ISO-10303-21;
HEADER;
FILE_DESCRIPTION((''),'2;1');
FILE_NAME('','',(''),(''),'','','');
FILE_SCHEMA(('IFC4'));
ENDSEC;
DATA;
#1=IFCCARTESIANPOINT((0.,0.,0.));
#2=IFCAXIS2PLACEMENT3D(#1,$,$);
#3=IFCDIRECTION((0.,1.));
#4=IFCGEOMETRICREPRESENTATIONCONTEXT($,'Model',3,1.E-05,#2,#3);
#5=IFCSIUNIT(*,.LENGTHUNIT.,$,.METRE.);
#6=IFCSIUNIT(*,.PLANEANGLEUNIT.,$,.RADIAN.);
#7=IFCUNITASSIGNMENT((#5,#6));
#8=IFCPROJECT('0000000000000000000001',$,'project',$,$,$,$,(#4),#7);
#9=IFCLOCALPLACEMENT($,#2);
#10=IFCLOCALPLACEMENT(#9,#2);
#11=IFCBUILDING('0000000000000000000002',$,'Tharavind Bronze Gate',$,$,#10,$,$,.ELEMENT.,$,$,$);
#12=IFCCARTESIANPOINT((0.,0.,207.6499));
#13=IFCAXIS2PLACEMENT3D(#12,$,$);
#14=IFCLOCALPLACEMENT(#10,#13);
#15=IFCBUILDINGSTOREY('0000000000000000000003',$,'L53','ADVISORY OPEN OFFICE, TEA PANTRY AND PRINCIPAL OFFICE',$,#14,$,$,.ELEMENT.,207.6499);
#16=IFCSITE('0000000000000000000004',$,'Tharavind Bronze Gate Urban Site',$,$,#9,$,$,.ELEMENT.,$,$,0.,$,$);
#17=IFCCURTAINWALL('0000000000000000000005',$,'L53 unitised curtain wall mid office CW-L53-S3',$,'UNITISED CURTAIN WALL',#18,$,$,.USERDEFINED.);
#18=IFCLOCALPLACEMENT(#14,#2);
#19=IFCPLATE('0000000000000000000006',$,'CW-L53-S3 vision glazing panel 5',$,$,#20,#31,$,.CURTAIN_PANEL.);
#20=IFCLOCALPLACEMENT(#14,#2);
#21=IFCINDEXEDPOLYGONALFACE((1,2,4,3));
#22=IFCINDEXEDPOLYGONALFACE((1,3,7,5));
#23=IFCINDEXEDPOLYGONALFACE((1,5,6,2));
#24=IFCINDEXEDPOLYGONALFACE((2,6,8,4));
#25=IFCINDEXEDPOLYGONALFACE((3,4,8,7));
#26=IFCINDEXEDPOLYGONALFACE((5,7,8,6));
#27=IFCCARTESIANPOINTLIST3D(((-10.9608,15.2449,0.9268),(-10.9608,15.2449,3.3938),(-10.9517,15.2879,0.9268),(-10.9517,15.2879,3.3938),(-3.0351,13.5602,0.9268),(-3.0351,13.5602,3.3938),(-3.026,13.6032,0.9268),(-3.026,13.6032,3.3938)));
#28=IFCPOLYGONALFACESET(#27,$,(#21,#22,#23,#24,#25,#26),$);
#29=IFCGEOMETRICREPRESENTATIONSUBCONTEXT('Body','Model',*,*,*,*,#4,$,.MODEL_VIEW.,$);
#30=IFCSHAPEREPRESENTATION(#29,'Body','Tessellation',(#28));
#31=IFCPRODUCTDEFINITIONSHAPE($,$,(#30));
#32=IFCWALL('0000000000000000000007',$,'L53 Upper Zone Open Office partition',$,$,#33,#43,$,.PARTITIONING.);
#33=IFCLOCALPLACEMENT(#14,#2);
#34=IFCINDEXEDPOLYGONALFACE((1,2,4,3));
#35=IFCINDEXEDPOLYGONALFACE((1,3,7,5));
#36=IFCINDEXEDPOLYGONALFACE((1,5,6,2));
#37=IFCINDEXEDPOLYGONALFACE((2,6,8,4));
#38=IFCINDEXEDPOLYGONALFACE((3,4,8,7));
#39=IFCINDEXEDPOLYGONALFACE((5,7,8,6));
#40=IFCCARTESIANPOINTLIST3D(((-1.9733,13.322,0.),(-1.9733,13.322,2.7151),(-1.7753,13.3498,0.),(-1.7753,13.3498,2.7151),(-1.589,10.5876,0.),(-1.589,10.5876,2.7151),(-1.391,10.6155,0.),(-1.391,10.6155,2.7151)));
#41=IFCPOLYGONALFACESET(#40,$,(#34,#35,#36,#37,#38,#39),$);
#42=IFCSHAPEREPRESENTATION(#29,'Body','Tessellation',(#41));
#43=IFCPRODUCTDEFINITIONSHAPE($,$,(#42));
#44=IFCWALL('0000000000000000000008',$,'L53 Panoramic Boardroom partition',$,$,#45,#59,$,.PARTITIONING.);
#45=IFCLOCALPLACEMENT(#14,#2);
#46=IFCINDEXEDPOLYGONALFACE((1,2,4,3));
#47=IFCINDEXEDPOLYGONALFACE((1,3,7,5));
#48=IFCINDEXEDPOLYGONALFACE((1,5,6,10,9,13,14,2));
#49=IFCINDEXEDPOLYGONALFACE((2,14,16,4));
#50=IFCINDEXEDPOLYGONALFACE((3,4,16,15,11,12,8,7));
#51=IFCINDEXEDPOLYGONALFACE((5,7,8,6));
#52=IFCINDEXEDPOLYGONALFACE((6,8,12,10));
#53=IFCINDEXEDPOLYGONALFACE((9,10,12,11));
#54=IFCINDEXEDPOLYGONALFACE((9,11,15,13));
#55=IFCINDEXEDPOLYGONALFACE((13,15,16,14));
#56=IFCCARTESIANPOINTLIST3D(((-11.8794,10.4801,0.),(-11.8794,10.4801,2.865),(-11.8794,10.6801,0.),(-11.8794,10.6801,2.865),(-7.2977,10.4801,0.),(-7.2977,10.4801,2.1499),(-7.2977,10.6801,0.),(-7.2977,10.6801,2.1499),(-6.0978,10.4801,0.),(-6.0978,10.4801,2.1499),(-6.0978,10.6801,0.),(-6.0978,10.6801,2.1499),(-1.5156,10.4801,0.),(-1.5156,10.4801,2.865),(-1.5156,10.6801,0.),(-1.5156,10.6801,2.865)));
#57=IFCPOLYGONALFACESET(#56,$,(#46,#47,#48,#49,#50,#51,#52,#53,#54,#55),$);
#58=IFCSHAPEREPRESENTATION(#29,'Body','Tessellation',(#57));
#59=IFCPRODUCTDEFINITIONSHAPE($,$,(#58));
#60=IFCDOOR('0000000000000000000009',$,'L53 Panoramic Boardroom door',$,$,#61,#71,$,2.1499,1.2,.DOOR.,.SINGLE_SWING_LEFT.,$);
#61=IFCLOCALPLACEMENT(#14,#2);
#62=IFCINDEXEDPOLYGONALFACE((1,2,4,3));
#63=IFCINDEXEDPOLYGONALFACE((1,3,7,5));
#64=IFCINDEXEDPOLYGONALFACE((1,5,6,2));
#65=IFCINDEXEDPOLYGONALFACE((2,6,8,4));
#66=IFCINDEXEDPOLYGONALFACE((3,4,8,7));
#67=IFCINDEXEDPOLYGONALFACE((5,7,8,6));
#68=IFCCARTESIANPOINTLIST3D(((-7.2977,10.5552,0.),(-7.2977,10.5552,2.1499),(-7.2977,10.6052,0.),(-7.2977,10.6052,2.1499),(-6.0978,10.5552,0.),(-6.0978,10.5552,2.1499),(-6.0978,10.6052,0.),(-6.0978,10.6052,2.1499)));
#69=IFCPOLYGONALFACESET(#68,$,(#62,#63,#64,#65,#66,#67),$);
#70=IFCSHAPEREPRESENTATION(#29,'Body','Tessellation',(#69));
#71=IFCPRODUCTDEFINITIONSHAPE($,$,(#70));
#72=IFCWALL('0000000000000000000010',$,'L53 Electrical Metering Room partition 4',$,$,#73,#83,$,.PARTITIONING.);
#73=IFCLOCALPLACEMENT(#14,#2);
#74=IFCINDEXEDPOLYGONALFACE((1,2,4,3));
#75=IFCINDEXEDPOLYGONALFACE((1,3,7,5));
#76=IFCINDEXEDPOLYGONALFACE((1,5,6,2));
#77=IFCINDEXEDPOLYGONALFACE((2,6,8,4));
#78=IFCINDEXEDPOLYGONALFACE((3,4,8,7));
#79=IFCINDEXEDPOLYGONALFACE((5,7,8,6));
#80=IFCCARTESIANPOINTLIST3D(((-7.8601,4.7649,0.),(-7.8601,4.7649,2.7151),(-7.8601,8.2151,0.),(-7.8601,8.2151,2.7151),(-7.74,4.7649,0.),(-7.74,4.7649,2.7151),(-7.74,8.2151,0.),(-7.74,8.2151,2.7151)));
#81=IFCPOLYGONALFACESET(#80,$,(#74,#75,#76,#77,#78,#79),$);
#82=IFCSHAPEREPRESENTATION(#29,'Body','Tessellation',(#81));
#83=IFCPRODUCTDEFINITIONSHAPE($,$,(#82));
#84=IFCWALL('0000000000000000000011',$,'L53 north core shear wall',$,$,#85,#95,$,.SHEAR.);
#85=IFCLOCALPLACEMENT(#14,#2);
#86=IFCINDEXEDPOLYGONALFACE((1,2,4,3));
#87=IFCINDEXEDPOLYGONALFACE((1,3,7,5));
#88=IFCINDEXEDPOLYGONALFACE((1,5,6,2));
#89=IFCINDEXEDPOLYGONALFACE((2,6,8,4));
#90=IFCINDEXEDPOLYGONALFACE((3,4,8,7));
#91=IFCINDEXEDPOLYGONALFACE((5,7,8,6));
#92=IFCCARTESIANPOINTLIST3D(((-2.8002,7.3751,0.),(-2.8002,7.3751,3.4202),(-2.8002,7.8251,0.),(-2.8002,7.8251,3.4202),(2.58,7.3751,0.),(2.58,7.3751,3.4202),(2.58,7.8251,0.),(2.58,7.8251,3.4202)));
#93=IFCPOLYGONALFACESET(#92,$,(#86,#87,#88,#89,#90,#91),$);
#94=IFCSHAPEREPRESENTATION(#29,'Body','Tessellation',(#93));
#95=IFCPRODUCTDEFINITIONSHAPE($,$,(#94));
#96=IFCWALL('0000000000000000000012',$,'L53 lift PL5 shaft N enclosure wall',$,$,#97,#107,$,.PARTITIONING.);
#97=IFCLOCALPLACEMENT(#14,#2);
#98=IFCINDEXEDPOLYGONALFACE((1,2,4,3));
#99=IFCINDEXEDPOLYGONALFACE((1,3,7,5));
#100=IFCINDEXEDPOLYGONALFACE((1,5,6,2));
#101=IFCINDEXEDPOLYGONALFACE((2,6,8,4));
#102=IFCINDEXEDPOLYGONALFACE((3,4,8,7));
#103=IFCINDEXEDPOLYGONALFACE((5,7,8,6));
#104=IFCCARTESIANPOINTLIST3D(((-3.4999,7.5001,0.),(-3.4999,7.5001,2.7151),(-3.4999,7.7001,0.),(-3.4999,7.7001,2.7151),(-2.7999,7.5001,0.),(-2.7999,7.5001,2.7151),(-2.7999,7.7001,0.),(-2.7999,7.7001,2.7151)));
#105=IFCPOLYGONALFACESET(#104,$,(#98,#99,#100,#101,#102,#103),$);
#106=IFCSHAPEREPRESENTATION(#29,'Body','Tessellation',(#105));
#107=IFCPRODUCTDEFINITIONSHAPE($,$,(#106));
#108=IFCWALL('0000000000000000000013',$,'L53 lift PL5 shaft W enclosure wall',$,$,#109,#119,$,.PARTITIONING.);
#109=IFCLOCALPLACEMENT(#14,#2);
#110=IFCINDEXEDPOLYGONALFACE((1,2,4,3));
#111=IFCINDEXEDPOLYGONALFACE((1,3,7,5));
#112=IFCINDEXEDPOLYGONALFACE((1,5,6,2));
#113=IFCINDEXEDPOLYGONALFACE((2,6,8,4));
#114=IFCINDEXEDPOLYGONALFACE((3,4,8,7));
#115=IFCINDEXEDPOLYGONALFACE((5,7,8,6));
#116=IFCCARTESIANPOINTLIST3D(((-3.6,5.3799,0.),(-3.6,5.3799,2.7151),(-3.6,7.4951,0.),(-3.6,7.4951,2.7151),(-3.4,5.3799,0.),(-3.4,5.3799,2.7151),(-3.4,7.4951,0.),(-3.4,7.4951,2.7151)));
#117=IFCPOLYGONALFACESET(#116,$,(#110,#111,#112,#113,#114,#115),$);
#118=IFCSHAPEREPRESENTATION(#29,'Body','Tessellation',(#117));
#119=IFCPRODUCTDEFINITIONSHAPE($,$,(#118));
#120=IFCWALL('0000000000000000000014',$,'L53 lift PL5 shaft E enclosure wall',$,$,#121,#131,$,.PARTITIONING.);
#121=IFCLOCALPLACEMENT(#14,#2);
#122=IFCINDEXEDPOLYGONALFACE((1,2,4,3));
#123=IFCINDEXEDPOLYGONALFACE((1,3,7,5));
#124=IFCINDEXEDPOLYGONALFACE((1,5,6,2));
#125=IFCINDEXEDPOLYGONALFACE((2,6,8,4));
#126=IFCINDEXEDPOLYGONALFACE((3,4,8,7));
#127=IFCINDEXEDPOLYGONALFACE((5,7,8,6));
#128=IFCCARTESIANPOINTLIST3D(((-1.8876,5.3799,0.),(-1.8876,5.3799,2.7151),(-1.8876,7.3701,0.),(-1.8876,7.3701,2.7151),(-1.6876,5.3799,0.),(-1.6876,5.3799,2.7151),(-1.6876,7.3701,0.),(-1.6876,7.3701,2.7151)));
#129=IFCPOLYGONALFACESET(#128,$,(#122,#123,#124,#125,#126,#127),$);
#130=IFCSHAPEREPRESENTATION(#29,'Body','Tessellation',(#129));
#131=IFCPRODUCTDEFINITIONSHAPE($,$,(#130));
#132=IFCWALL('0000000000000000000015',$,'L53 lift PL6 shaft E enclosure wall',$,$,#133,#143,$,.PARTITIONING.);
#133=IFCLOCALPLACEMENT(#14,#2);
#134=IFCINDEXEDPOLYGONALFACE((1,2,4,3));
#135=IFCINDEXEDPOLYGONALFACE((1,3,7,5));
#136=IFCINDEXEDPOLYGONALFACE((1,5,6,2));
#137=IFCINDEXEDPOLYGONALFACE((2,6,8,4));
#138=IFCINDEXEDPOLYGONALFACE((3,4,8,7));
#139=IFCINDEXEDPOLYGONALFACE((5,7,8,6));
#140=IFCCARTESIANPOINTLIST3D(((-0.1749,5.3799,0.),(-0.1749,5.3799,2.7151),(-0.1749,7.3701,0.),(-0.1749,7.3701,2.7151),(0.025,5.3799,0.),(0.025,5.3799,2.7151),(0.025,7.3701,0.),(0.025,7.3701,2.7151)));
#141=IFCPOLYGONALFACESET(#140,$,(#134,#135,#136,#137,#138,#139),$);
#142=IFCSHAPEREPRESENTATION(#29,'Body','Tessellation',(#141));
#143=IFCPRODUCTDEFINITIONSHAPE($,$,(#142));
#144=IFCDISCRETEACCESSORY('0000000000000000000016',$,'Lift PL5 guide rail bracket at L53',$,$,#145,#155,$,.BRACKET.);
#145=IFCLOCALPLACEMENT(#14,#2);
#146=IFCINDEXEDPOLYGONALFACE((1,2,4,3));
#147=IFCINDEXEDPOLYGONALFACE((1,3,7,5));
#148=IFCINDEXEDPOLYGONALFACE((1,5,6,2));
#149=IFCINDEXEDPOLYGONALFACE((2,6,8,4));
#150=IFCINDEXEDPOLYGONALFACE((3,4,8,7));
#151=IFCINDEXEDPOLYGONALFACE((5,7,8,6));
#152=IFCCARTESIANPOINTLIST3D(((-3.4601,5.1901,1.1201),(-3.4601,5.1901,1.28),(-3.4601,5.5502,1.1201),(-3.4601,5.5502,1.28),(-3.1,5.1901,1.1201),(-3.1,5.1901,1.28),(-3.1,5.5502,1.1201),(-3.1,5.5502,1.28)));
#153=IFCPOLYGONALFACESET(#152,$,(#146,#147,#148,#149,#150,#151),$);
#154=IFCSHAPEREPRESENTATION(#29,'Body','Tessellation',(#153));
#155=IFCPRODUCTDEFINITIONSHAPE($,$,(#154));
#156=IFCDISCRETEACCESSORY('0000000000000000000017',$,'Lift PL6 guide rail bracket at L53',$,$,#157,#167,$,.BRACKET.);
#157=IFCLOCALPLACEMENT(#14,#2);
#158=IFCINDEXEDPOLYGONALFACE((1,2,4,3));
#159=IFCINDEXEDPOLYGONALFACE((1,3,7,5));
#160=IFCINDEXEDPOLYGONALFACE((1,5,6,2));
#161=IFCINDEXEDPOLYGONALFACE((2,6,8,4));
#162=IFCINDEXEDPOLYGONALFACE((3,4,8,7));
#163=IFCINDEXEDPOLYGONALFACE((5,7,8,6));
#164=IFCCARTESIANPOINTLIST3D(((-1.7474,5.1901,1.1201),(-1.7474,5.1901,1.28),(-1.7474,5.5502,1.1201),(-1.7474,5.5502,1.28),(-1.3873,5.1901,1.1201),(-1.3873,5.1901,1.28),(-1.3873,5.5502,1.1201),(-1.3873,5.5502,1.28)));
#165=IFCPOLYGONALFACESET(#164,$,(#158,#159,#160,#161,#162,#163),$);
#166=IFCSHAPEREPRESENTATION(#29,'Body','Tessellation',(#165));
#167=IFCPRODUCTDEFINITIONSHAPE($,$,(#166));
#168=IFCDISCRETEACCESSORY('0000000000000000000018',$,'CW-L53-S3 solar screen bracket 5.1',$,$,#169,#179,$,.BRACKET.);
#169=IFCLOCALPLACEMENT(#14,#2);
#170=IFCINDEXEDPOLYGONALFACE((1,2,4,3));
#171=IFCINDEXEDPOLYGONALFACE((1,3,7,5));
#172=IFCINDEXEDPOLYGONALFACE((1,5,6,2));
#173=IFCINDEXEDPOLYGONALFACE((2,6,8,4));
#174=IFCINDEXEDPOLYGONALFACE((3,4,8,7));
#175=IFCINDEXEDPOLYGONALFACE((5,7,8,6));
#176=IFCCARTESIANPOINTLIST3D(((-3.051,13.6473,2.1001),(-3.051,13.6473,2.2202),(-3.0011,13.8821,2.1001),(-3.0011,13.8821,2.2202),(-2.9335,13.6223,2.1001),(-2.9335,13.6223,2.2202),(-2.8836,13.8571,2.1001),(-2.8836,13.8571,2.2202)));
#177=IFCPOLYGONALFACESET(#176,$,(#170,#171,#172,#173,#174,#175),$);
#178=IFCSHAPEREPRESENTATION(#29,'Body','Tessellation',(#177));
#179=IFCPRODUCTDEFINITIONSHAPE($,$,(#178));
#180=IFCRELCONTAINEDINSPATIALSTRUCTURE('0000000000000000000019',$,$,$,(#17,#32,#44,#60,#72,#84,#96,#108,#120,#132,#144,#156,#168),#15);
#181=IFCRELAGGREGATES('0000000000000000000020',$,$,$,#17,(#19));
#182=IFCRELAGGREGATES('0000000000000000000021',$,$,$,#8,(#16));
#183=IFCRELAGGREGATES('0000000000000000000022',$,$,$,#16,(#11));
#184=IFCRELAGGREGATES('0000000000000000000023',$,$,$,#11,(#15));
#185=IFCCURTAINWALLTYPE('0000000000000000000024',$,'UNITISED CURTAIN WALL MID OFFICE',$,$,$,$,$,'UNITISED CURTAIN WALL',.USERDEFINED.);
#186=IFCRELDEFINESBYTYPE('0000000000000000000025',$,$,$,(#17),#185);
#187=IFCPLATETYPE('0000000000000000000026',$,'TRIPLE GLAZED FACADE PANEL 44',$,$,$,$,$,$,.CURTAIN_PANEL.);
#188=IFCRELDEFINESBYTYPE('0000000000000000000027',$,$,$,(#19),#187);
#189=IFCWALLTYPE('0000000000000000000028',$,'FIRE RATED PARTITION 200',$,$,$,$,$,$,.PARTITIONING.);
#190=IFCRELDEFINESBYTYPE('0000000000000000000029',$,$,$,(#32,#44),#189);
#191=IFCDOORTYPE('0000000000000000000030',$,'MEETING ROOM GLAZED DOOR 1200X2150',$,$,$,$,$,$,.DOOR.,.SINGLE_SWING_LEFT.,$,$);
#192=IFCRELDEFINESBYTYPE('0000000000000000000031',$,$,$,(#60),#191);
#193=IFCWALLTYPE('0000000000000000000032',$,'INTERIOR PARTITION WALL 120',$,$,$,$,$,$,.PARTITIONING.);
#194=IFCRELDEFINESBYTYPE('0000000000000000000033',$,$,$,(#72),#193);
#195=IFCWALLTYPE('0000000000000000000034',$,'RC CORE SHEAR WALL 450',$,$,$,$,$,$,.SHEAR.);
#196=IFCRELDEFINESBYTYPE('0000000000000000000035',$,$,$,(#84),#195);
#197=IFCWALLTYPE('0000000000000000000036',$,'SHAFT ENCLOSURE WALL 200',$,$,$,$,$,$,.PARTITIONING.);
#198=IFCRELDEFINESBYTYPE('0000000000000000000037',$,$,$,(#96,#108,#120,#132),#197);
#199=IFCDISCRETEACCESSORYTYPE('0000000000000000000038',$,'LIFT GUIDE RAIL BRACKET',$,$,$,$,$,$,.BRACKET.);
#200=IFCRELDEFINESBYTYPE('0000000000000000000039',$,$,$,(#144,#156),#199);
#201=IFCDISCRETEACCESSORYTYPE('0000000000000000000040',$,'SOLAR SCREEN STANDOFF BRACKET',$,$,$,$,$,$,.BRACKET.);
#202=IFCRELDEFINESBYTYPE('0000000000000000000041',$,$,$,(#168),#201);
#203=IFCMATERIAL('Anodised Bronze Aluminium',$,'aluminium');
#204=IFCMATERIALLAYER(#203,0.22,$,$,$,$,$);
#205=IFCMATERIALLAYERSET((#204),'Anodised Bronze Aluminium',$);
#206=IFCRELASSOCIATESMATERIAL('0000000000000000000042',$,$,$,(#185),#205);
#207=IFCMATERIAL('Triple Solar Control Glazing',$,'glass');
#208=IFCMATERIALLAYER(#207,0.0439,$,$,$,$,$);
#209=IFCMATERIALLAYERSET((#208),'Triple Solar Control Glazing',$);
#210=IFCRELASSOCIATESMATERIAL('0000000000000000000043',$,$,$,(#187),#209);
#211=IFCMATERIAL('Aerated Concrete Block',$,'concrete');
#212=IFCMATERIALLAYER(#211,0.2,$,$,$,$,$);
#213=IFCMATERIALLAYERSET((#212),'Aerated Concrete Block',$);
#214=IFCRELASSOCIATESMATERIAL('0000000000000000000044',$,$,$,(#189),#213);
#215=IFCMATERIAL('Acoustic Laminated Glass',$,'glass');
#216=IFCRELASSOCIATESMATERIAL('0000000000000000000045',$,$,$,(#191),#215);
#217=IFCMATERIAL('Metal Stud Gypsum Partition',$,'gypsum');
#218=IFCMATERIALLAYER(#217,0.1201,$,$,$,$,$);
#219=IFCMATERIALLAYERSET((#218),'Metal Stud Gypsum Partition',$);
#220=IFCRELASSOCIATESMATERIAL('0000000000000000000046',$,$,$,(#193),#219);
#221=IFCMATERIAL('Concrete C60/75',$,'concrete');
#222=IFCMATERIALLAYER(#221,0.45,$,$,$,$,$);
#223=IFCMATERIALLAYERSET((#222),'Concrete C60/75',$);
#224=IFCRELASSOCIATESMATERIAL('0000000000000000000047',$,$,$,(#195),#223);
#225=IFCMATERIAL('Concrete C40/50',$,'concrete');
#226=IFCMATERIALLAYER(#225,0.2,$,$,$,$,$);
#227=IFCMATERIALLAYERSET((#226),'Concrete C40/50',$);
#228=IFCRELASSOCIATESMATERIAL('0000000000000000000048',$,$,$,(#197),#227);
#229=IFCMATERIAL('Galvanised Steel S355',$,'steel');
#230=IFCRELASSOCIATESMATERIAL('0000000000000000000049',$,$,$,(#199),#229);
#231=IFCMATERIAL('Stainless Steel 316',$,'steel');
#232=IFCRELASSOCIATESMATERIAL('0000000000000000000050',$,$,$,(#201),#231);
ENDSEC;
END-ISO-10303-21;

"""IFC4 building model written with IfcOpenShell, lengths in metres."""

from ifc_helpers import new_model, si_unit, direction, frame, frame_2d, origin, origin_2d, place, context, subcontext, project, spatial, rectangle, extrude, material, layer, layer_set, type_object, element, fill, aggregate, save


model = new_model("IFC4")

# Units and contexts
model_context = context("Model", 3, precision=1e-05, world=origin(), true_north=direction((0.0, 1.0)))
body_context = subcontext(model_context, "Body", "Model", "MODEL_VIEW")
ifc_project = project(units=[si_unit("LENGTHUNIT", "METRE"), si_unit("PLANEANGLEUNIT", "RADIAN")], contexts=[model_context])

# Site, building, storey
site_placement = place(None, origin())
site = spatial("IfcSite", under=ifc_project, at=site_placement, Name="Tharavind Bronze Gate Urban Site", CompositionType="ELEMENT", RefElevation=0.0)
building_placement = place(site_placement, origin())
building = spatial("IfcBuilding", under=site, at=building_placement, Name="Tharavind Bronze Gate", CompositionType="ELEMENT")
storey_placement = place(building_placement, frame((0.0, 0.0, 207.6499)))
storey = spatial("IfcBuildingStorey", under=building, at=storey_placement, Name="L53", Description="ADVISORY OPEN OFFICE, TEA PANTRY AND PRINCIPAL OFFICE", CompositionType="ELEMENT", Elevation=207.6499)

# Curtain wall
ifc_material_1 = material(Name="Anodised Bronze Aluminium", Category="aluminium")
ifc_layer_1 = layer(ifc_material_1, 0.22)
ifc_layer_set_1 = layer_set([ifc_layer_1], Name="Anodised Bronze Aluminium")
curtain_wall_type = type_object("IfcCurtainWallType", Name="UNITISED CURTAIN WALL MID OFFICE", ElementType="UNITISED CURTAIN WALL", PredefinedType="USERDEFINED", material=ifc_layer_set_1)
curtain_wall_placement = place(storey_placement, origin())
curtain_wall = element("IfcCurtainWall", 1, at=curtain_wall_placement, inside=storey, type_object=curtain_wall_type, Name="L53 unitised curtain wall mid office CW-L53-S3", ObjectType="UNITISED CURTAIN WALL", PredefinedType="USERDEFINED")

# Plate
ifc_material_2 = material(Name="Triple Solar Control Glazing", Category="glass")
ifc_layer_2 = layer(ifc_material_2, 0.0439)
ifc_layer_set_2 = layer_set([ifc_layer_2], Name="Triple Solar Control Glazing")
plate_type_1 = type_object("IfcPlateType", Name="TRIPLE GLAZED FACADE PANEL 44", PredefinedType="CURTAIN_PANEL", material=ifc_layer_set_2)
plate_1_placement = place(storey_placement, frame((-6.9934, 14.4241, 0.9268), z_axis=(0.0, 0.0, 1.0), x_axis=(-0.978148, 0.207912, 0.0)))
plate_1 = element("IfcPlate", 2, at=plate_1_placement, type_object=plate_type_1, Name="CW-L53-S3 vision glazing panel 5", PredefinedType="CURTAIN_PANEL", context=body_context, shape_type="SweptSolid", body=[
    extrude(rectangle(XDim=8.1028, YDim=0.0439, at=origin_2d()), origin(), (0.0, 0.0, 1.0), 2.467),
])
aggregate(curtain_wall, [plate_1])

# Wall
ifc_material_3 = material(Name="Aerated Concrete Block", Category="concrete")
ifc_layer_3 = layer(ifc_material_3, 0.2)
ifc_layer_set_3 = layer_set([ifc_layer_3], Name="Aerated Concrete Block")
wall_type_1 = type_object("IfcWallType", Name="FIRE RATED PARTITION 200", PredefinedType="PARTITIONING", material=ifc_layer_set_3)
wall_1_placement = place(storey_placement, frame((-1.49, 10.6016, 0.0), z_axis=(0.0, 0.0, 1.0), x_axis=(-0.139168, 0.990269, 0.0)))
element("IfcWall", 3, at=wall_1_placement, inside=storey, type_object=wall_type_1, Name="L53 Upper Zone Open Office partition", PredefinedType="PARTITIONING", context=body_context, shape_type="SweptSolid", body=[
    extrude(rectangle(XDim=2.7612, YDim=0.2, at=frame_2d((1.3806, 0.0))), origin(), (0.0, 0.0, 1.0), 2.7151),
])

# Wall, opening, door
wall_2_placement = place(storey_placement, frame((-1.5156, 10.5801, 0.0), z_axis=(0.0, 0.0, 1.0), x_axis=(-1.0, 0.0, 0.0)))
wall_2 = element("IfcWall", 4, at=wall_2_placement, inside=storey, type_object=wall_type_1, Name="L53 Panoramic Boardroom partition", PredefinedType="PARTITIONING", context=body_context, shape_type="SweptSolid", body=[
    extrude(rectangle(XDim=10.3638, YDim=0.2, at=frame_2d((5.1819, 0.0))), origin(), (0.0, 0.0, 1.0), 2.865),
])
opening_placement = place(wall_2_placement, frame((4.582, 0.0, 0.0)))
opening = element("IfcOpeningElement", 5, at=opening_placement, cuts=wall_2, PredefinedType="OPENING", context=body_context, shape_type="SweptSolid", body=[
    extrude(rectangle(XDim=1.2, YDim=2.1499, at=frame_2d((0.6001, 1.075))), frame((0.0, 0.1101, 0.0), z_axis=(0.0, -1.0, 0.0), x_axis=(1.0, 0.0, 0.0)), (0.0, 0.0, 1.0), 0.22),
])
ifc_material_4 = material(Name="Acoustic Laminated Glass", Category="glass")
door_type = type_object("IfcDoorType", Name="MEETING ROOM GLAZED DOOR 1200X2150", OperationType="SINGLE_SWING_LEFT", PredefinedType="DOOR", material=ifc_material_4)
door_placement = place(opening_placement, origin())
door = element("IfcDoor", 6, at=door_placement, inside=storey, type_object=door_type, Name="L53 Panoramic Boardroom door", OperationType="SINGLE_SWING_LEFT", OverallHeight=2.1499, OverallWidth=1.2, PredefinedType="DOOR", context=body_context, shape_type="SweptSolid", body=[
    extrude(rectangle(XDim=1.2, YDim=2.1499, at=frame_2d((0.6001, 1.075))), frame((0.0, 0.0249, 0.0), z_axis=(0.0, -1.0, 0.0), x_axis=(1.0, 0.0, 0.0)), (0.0, 0.0, 1.0), 0.05),
])
fill(opening, door)

# Walls
ifc_material_5 = material(Name="Metal Stud Gypsum Partition", Category="gypsum")
ifc_layer_4 = layer(ifc_material_5, 0.1201)
ifc_layer_set_4 = layer_set([ifc_layer_4], Name="Metal Stud Gypsum Partition")
wall_type_2 = type_object("IfcWallType", Name="INTERIOR PARTITION WALL 120", PredefinedType="PARTITIONING", material=ifc_layer_set_4)
wall_3_placement = place(storey_placement, frame((-7.8, 8.2151, 0.0), z_axis=(0.0, 0.0, 1.0), x_axis=(0.0, -1.0, 0.0)))
element("IfcWall", 7, at=wall_3_placement, inside=storey, type_object=wall_type_2, Name="L53 Electrical Metering Room partition 4", PredefinedType="PARTITIONING", context=body_context, shape_type="SweptSolid", body=[
    extrude(rectangle(XDim=3.4502, YDim=0.1201, at=frame_2d((1.7251, 0.0))), origin(), (0.0, 0.0, 1.0), 2.7151),
])
ifc_material_6 = material(Name="Concrete C60/75", Category="concrete")
ifc_layer_5 = layer(ifc_material_6, 0.45)
ifc_layer_set_5 = layer_set([ifc_layer_5], Name="Concrete C60/75")
wall_type_3 = type_object("IfcWallType", Name="RC CORE SHEAR WALL 450", PredefinedType="SHEAR", material=ifc_layer_set_5)
wall_4_placement = place(storey_placement, frame((-2.8, 7.6001, 0.0), z_axis=(0.0, 0.0, 1.0), x_axis=(1.0, 0.0, 0.0)))
element("IfcWall", 8, at=wall_4_placement, inside=storey, type_object=wall_type_3, Name="L53 north core shear wall", PredefinedType="SHEAR", context=body_context, shape_type="SweptSolid", body=[
    extrude(rectangle(XDim=5.3801, YDim=0.45, at=frame_2d((2.6899, 0.0))), origin(), (0.0, 0.0, 1.0), 3.4202),
])
ifc_material_7 = material(Name="Concrete C40/50", Category="concrete")
ifc_layer_6 = layer(ifc_material_7, 0.2)
ifc_layer_set_6 = layer_set([ifc_layer_6], Name="Concrete C40/50")
wall_type_4 = type_object("IfcWallType", Name="SHAFT ENCLOSURE WALL 200", PredefinedType="PARTITIONING", material=ifc_layer_set_6)
wall_5_placement = place(storey_placement, frame((-3.5, 7.6001, 0.0), z_axis=(0.0, 0.0, 1.0), x_axis=(1.0, 0.0, 0.0)))
element("IfcWall", 9, at=wall_5_placement, inside=storey, type_object=wall_type_4, Name="L53 lift PL5 shaft N enclosure wall", PredefinedType="PARTITIONING", context=body_context, shape_type="SweptSolid", body=[
    extrude(rectangle(XDim=0.7, YDim=0.2, at=frame_2d((0.3501, 0.0))), origin(), (0.0, 0.0, 1.0), 2.7151),
])
wall_6_placement = place(storey_placement, frame((-3.5, 5.3799, 0.0), z_axis=(0.0, 0.0, 1.0), x_axis=(0.0, 1.0, 0.0)))
element("IfcWall", 10, at=wall_6_placement, inside=storey, type_object=wall_type_4, Name="L53 lift PL5 shaft W enclosure wall", PredefinedType="PARTITIONING", context=body_context, shape_type="SweptSolid", body=[
    extrude(rectangle(XDim=2.1152, YDim=0.2, at=frame_2d((1.0576, 0.0))), origin(), (0.0, 0.0, 1.0), 2.7151),
])
for number, where, z_axis, x_axis, name in (
    (11, (-1.7876, 5.3799, 0.0), (0.0, 0.0, 1.0), (0.0, 1.0, 0.0), "L53 lift PL5 shaft E enclosure wall"),
    (12, (-0.075, 5.3799, 0.0), (0.0, 0.0, 1.0), (0.0, 1.0, 0.0), "L53 lift PL6 shaft E enclosure wall"),
):
    element("IfcWall", number, at=place(storey_placement, frame(where, z_axis=z_axis, x_axis=x_axis)), inside=storey, type_object=wall_type_4, Name=name, PredefinedType="PARTITIONING", context=body_context, shape_type="SweptSolid", body=[
        extrude(rectangle(XDim=1.9902, YDim=0.2, at=frame_2d((0.9951, 0.0))), origin(), (0.0, 0.0, 1.0), 2.7151),
    ])

# Discrete accessories
ifc_material_8 = material(Name="Galvanised Steel S355", Category="steel")
discrete_accessory_type_1 = type_object("IfcDiscreteAccessoryType", Name="LIFT GUIDE RAIL BRACKET", PredefinedType="BRACKET", material=ifc_material_8)
for number, where, z_axis, x_axis, name in (
    (13, (-3.28, 5.3701, 1.1201), (0.0, 0.0, 1.0), (1.0, 0.0, 0.0), "Lift PL5 guide rail bracket at L53"),
    (14, (-1.5674, 5.3701, 1.1201), (0.0, 0.0, 1.0), (1.0, 0.0, 0.0), "Lift PL6 guide rail bracket at L53"),
):
    element("IfcDiscreteAccessory", number, at=place(storey_placement, frame(where, z_axis=z_axis, x_axis=x_axis)), inside=storey, type_object=discrete_accessory_type_1, Name=name, PredefinedType="BRACKET", context=body_context, shape_type="SweptSolid", body=[
        extrude(rectangle(XDim=0.3601, YDim=0.3601, at=origin_2d()), origin(), (0.0, 0.0, 1.0), 0.1599),
    ])
ifc_material_9 = material(Name="Stainless Steel 316", Category="steel")
discrete_accessory_type_2 = type_object("IfcDiscreteAccessoryType", Name="SOLAR SCREEN STANDOFF BRACKET", PredefinedType="BRACKET", material=ifc_material_9)
discrete_accessory_placement = place(storey_placement, frame((-2.9673, 13.7522, 2.1001), z_axis=(0.0, 0.0, 1.0), x_axis=(-0.978148, 0.207912, 0.0)))
element("IfcDiscreteAccessory", 15, at=discrete_accessory_placement, inside=storey, type_object=discrete_accessory_type_2, Name="CW-L53-S3 solar screen bracket 5.1", PredefinedType="BRACKET", context=body_context, shape_type="SweptSolid", body=[
    extrude(rectangle(XDim=0.1201, YDim=0.24, at=origin_2d()), origin(), (0.0, 0.0, 1.0), 0.1201),
])

save(model, "model.ifc")
